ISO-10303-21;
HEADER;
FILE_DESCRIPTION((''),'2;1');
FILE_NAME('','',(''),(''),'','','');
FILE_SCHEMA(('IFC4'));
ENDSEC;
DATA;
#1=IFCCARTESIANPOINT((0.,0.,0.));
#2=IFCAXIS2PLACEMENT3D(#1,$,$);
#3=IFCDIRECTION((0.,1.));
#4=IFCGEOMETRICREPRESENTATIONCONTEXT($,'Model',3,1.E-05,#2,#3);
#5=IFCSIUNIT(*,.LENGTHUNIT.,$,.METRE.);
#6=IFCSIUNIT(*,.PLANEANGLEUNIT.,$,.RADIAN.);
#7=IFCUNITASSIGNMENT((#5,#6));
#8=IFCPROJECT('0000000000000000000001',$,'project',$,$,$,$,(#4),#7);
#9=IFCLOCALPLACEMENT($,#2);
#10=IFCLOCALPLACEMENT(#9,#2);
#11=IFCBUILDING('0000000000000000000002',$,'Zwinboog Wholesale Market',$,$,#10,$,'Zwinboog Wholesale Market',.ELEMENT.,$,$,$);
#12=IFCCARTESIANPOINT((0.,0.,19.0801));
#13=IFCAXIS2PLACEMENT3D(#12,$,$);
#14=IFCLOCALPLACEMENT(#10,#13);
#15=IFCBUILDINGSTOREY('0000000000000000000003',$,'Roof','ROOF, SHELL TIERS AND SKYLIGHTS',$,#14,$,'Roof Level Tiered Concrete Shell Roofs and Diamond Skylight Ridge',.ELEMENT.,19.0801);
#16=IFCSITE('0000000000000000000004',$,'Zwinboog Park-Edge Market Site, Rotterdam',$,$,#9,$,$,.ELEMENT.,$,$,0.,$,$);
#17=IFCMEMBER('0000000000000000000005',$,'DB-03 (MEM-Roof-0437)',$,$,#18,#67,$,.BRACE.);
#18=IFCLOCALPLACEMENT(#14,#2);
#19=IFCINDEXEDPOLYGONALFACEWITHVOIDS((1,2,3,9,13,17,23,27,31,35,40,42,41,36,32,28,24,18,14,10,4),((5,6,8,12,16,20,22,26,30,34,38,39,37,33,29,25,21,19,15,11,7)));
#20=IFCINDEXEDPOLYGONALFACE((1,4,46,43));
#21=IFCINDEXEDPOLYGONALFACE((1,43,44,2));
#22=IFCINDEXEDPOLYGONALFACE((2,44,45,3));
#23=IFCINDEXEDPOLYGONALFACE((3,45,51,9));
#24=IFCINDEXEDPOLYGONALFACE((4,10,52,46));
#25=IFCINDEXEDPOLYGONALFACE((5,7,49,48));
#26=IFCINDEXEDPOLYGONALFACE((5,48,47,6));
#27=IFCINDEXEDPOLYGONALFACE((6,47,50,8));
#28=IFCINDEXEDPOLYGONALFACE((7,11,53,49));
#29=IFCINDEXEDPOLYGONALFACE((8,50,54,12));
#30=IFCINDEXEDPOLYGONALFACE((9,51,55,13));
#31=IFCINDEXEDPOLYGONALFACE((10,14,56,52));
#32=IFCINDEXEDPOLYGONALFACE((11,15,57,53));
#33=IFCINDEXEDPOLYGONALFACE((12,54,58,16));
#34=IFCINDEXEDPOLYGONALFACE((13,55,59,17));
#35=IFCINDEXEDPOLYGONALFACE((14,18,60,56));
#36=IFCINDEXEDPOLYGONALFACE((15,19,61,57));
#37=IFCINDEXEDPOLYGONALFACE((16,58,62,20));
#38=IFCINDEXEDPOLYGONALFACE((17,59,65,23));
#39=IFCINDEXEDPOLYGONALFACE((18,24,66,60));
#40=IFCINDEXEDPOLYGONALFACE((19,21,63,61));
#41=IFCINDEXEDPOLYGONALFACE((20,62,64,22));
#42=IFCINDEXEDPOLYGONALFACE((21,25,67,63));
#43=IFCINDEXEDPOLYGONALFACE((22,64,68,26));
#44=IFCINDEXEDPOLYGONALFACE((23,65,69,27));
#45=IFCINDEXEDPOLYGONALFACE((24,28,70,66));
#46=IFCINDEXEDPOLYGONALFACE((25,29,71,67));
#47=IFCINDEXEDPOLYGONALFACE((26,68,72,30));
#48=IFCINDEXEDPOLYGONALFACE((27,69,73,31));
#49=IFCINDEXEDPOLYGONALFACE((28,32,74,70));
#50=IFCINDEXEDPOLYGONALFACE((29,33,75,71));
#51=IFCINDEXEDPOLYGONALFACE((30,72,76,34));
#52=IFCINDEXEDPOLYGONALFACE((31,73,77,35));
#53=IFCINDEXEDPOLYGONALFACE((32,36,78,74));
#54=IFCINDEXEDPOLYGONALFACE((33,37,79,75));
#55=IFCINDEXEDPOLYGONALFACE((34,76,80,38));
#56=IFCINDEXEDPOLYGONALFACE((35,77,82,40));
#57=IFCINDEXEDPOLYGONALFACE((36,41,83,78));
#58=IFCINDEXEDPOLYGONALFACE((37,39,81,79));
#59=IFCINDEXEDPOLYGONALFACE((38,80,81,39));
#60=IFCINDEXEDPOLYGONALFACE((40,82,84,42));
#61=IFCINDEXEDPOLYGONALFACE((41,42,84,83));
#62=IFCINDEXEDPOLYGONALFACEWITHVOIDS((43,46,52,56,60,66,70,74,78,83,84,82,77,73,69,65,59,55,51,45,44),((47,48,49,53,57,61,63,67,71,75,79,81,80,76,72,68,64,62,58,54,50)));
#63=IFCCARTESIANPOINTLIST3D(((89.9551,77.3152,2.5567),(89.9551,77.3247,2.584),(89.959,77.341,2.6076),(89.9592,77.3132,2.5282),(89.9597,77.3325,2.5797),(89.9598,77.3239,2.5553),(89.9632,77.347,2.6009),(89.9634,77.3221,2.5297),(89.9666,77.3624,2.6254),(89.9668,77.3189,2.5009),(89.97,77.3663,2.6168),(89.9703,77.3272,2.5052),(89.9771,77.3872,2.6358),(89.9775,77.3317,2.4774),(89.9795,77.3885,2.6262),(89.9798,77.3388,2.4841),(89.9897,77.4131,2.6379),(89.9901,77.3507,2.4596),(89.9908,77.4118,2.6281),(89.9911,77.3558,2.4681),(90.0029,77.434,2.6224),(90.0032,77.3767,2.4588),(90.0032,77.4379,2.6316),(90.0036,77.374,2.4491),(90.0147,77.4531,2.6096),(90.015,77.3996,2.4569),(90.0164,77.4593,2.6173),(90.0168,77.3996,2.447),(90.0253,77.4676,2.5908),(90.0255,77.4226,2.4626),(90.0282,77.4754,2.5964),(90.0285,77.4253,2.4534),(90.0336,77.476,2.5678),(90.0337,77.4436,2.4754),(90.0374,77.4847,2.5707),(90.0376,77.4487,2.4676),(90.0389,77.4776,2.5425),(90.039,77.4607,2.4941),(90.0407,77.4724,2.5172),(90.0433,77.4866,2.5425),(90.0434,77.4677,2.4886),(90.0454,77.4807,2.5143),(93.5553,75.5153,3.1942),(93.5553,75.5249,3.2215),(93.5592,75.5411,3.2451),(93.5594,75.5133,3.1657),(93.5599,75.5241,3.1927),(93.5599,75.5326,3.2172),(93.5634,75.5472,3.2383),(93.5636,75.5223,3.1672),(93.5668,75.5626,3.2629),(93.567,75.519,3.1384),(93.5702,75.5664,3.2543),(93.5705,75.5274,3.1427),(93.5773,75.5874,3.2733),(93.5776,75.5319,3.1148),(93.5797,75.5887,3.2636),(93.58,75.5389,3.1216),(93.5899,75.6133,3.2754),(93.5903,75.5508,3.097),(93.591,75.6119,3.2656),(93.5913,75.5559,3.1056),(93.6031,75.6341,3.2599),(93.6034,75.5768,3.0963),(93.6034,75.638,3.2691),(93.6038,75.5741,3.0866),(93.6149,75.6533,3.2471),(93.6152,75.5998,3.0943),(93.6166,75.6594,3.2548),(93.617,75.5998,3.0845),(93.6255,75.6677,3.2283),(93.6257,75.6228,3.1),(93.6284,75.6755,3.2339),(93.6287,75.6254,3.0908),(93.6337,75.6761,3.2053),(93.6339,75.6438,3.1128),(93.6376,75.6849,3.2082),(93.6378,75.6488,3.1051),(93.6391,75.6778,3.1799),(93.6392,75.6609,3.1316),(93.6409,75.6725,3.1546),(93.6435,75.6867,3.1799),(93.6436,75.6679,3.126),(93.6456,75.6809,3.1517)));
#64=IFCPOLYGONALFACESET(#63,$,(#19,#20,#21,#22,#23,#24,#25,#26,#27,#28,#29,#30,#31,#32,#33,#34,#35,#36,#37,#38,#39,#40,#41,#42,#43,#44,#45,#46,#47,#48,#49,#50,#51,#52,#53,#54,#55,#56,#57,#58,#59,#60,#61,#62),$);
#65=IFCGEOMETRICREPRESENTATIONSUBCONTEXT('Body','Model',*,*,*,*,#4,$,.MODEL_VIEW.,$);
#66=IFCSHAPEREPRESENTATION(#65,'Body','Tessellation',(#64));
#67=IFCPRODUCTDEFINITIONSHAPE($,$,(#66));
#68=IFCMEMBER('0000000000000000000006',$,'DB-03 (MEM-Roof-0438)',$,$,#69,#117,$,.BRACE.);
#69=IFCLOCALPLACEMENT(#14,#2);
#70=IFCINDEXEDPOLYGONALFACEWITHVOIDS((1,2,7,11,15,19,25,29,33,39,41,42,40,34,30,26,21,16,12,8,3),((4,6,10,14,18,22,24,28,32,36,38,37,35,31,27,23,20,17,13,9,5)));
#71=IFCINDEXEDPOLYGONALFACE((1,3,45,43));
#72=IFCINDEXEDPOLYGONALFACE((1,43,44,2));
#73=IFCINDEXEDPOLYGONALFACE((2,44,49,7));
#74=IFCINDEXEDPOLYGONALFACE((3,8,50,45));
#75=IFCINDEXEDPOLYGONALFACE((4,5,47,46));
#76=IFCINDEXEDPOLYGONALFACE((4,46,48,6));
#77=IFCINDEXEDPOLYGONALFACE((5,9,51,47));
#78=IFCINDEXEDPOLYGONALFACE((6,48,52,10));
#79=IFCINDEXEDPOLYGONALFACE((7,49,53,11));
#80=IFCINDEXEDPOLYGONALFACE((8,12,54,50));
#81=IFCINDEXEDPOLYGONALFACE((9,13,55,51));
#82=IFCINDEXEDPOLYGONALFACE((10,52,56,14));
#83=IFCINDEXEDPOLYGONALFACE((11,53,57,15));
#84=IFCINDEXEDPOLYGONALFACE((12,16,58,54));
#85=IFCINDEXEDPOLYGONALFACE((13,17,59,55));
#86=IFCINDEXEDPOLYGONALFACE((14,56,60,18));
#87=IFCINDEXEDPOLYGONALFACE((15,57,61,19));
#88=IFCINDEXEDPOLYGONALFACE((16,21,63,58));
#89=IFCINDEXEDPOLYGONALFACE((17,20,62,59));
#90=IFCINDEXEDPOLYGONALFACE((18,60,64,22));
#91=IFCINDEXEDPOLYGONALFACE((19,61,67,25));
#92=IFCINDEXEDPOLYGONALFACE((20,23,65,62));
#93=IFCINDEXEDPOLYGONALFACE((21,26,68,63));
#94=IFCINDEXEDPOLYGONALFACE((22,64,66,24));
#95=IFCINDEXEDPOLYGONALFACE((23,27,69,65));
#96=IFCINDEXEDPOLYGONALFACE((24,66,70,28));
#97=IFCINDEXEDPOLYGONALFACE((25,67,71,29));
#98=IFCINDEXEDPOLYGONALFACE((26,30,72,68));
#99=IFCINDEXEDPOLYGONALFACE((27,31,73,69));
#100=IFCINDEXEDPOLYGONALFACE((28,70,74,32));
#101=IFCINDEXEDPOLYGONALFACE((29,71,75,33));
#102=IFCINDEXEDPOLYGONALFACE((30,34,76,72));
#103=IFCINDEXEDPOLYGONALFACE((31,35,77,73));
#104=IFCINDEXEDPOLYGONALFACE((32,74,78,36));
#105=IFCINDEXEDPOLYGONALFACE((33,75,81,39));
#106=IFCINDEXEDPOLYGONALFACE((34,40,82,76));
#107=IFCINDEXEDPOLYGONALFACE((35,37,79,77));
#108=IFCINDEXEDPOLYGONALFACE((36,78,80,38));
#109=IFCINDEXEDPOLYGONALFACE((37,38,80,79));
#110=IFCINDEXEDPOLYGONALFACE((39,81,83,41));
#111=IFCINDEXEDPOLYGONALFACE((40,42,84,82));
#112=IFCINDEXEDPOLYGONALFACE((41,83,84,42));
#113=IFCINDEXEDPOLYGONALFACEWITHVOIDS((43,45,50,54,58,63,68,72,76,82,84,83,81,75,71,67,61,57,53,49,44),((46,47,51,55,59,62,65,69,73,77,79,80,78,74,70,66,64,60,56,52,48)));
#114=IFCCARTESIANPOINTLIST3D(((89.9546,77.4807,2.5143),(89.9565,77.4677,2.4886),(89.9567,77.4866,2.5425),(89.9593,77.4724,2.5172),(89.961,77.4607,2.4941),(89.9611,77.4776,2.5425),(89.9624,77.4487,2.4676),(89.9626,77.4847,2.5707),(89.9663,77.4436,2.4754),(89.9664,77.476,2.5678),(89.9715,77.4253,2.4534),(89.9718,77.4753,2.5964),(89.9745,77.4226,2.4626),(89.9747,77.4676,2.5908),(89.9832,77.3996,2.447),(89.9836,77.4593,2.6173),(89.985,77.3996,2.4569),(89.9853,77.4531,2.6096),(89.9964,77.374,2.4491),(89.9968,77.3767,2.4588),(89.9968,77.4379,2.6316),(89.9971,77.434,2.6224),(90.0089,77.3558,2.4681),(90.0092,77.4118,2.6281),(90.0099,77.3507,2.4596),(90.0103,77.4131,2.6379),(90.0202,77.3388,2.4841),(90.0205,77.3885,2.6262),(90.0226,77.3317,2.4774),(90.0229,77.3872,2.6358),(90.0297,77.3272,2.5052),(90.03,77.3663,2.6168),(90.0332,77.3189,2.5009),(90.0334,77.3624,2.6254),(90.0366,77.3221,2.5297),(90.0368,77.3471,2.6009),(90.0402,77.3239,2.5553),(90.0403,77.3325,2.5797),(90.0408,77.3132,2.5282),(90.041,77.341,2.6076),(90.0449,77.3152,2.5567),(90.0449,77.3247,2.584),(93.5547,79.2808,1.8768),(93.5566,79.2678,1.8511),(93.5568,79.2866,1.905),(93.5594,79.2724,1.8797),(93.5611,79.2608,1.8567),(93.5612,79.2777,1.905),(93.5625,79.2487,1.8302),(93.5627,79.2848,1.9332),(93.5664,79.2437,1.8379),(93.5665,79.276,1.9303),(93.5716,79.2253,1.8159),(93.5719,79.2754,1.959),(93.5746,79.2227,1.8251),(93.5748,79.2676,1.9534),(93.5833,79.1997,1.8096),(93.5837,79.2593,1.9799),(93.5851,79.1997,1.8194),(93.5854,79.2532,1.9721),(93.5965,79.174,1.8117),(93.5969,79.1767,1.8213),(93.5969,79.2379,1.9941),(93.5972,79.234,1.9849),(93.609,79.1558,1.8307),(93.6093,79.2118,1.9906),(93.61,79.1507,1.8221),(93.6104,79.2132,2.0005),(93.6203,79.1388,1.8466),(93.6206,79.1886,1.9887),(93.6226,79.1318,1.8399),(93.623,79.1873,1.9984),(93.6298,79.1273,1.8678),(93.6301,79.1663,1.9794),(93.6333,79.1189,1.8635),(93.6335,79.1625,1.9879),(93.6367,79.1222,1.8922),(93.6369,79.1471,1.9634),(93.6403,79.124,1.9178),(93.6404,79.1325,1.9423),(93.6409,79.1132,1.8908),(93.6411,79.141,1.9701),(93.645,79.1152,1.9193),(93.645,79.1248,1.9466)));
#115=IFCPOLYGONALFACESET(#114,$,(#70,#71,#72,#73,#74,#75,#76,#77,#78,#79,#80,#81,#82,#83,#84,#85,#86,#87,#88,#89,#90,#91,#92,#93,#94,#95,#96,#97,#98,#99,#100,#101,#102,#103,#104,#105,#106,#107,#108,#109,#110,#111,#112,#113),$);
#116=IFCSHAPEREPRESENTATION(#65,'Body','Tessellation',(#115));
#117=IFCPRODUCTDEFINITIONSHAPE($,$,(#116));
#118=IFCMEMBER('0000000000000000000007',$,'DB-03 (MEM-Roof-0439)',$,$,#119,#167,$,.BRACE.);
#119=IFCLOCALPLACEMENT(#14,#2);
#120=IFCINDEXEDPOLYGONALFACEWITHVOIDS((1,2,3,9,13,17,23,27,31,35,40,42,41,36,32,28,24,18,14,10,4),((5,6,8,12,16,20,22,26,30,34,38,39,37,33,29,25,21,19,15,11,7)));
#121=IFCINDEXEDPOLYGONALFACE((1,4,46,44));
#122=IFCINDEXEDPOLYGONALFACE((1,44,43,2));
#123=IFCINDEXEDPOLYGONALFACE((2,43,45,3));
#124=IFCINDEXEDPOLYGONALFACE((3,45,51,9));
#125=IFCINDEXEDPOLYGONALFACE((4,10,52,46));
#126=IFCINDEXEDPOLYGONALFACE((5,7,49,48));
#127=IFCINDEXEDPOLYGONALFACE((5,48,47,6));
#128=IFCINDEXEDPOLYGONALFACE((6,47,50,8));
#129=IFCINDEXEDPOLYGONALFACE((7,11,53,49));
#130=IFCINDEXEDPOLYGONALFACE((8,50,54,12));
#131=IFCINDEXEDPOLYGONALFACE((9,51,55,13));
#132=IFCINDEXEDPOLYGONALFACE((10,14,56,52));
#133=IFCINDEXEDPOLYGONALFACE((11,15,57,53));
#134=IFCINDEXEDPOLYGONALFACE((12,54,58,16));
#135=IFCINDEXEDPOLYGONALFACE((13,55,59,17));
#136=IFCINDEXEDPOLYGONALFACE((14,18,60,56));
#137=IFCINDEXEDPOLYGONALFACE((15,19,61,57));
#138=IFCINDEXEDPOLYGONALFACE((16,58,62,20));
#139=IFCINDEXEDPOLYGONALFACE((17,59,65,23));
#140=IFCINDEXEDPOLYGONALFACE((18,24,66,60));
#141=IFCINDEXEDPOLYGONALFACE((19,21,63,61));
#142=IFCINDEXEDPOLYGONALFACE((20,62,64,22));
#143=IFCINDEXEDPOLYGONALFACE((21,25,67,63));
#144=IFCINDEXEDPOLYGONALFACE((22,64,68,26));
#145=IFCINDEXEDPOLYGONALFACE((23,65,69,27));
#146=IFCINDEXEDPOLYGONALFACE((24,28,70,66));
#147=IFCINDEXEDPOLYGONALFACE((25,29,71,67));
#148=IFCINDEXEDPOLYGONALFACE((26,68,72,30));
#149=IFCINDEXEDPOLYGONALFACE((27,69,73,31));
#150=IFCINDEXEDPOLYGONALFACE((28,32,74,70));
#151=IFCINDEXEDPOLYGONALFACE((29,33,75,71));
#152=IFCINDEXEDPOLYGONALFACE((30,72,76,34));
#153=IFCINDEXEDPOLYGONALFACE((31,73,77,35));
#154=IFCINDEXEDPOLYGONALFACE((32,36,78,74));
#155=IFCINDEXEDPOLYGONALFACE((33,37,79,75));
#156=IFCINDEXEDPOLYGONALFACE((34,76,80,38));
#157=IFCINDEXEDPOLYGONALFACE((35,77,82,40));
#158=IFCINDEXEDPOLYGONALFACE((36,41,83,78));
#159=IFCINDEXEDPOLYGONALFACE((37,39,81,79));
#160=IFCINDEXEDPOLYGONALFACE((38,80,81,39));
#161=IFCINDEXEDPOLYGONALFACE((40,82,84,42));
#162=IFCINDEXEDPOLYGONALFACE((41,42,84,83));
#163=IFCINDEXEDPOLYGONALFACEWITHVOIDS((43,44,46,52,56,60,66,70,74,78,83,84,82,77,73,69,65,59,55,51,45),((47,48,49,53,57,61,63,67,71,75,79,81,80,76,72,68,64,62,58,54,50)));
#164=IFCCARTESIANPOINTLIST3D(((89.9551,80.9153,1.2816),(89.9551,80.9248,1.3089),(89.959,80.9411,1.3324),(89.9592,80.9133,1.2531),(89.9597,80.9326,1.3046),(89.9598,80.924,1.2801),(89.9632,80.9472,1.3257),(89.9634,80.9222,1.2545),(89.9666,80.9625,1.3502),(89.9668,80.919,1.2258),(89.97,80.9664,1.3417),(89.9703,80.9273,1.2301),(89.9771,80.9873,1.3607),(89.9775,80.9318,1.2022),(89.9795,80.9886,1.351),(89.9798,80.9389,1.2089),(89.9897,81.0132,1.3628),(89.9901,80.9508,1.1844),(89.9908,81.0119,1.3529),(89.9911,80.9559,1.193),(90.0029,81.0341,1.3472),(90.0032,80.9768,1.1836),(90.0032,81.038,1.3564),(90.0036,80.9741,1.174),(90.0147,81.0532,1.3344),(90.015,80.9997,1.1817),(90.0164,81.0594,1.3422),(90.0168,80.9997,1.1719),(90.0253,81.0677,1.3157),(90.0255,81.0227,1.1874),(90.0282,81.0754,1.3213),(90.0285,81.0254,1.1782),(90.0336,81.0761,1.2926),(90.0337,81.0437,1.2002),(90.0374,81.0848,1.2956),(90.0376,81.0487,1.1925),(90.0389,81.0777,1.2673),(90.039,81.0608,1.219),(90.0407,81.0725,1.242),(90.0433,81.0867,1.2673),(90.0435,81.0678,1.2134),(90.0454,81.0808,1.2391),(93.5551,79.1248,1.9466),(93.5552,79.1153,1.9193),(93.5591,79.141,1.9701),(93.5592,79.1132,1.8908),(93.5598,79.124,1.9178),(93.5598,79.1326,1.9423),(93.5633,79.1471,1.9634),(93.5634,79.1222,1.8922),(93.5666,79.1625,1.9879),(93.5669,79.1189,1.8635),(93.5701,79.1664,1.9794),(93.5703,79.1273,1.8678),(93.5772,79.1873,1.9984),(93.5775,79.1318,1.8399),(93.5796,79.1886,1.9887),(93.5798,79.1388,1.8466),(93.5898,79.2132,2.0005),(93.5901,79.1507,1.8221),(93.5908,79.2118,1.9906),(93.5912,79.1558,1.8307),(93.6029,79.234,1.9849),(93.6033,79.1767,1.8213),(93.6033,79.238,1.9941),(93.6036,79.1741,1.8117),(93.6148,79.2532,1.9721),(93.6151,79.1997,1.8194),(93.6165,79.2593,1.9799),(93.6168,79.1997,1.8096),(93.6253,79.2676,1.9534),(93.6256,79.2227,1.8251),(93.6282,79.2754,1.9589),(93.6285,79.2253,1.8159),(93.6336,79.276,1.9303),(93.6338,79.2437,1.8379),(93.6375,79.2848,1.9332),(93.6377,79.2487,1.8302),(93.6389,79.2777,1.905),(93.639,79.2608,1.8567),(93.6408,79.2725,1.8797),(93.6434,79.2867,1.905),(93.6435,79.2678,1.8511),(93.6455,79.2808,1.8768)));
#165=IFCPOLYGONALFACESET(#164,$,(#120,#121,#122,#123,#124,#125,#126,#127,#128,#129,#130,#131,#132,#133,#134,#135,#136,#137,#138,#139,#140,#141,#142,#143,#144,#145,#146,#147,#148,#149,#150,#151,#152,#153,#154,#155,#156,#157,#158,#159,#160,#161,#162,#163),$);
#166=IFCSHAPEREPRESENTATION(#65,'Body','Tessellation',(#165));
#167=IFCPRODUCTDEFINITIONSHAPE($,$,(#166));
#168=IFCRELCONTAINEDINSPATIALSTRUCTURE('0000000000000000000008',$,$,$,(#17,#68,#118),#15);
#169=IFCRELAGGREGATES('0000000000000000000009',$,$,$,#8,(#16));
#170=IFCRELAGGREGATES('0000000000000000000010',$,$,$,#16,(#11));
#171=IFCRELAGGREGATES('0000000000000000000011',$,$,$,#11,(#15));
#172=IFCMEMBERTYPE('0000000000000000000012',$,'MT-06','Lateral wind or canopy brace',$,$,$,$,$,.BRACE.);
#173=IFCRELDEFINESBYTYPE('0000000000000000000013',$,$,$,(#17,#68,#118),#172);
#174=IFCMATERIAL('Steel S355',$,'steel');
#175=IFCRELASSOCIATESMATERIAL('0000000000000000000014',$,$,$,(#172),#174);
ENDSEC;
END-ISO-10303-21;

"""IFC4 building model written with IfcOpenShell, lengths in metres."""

from ifc_helpers import new_model, si_unit, direction, frame, origin, origin_2d, place, context, subcontext, project, spatial, hollow_circle, extrude, material, material_profile, profile_set, type_object, element, save


model = new_model("IFC4")

# Units and contexts
model_context = context("Model", 3, precision=1e-05, world=origin(), true_north=direction((0.0, 1.0)))
body_context = subcontext(model_context, "Body", "Model", "MODEL_VIEW")
ifc_project = project(units=[si_unit("LENGTHUNIT", "METRE"), si_unit("PLANEANGLEUNIT", "RADIAN")], contexts=[model_context])

# Site, building, storey
site_placement = place(None, origin())
site = spatial("IfcSite", under=ifc_project, at=site_placement, Name="Zwinboog Park-Edge Market Site, Rotterdam", CompositionType="ELEMENT", RefElevation=0.0)
building_placement = place(site_placement, origin())
building = spatial("IfcBuilding", under=site, at=building_placement, Name="Zwinboog Wholesale Market", LongName="Zwinboog Wholesale Market", CompositionType="ELEMENT")
storey_placement = place(building_placement, frame((0.0, 0.0, 19.0801)))
storey = spatial("IfcBuildingStorey", under=building, at=storey_placement, Name="Roof", Description="ROOF, SHELL TIERS AND SKYLIGHTS", LongName="Roof Level Tiered Concrete Shell Roofs and Diamond Skylight Ridge", CompositionType="ELEMENT", Elevation=19.0801)

# Members
ifc_material_1 = material(Name="Steel S355", Category="steel")
ifc_material_profile_1 = material_profile(ifc_material_1, hollow_circle(Radius=0.0969, WallThickness=0.01, at=origin_2d()), Name="CHS 193.7x10")
ifc_profile_set_1 = profile_set([ifc_material_profile_1], Name="Steel S355")
member_type_1 = type_object("IfcMemberType", Name="MT-06", Description="Lateral wind or canopy brace", PredefinedType="BRACE", material=ifc_profile_set_1)
for number, where, z_axis, x_axis, name in (
    (1, (90.0, 77.3999, 2.5425), (0.88344, -0.44166, 0.156426), (0.447165, 0.894451, 0.0), "DB-03 (MEM-Roof-0437)"),
    (2, (90.0, 77.3999, 2.5425), (0.883417, 0.441709, -0.156422), (-0.447214, 0.894427, 0.0), "DB-03 (MEM-Roof-0438)"),
    (3, (90.0, 81.0, 1.2673), (0.883409, -0.441704, 0.156481), (0.447214, 0.894427, 0.0), "DB-03 (MEM-Roof-0439)"),
):
    element("IfcMember", number, at=place(storey_placement, frame(where, z_axis=z_axis, x_axis=x_axis)), inside=storey, type_object=member_type_1, Name=name, PredefinedType="BRACE", context=body_context, shape_type="SweptSolid", body=[
        extrude(hollow_circle(Radius=0.0969, WallThickness=0.01, at=origin_2d()), origin(), (0.0, 0.0, 1.0), 4.0752),
    ])

save(model, "model.ifc")
